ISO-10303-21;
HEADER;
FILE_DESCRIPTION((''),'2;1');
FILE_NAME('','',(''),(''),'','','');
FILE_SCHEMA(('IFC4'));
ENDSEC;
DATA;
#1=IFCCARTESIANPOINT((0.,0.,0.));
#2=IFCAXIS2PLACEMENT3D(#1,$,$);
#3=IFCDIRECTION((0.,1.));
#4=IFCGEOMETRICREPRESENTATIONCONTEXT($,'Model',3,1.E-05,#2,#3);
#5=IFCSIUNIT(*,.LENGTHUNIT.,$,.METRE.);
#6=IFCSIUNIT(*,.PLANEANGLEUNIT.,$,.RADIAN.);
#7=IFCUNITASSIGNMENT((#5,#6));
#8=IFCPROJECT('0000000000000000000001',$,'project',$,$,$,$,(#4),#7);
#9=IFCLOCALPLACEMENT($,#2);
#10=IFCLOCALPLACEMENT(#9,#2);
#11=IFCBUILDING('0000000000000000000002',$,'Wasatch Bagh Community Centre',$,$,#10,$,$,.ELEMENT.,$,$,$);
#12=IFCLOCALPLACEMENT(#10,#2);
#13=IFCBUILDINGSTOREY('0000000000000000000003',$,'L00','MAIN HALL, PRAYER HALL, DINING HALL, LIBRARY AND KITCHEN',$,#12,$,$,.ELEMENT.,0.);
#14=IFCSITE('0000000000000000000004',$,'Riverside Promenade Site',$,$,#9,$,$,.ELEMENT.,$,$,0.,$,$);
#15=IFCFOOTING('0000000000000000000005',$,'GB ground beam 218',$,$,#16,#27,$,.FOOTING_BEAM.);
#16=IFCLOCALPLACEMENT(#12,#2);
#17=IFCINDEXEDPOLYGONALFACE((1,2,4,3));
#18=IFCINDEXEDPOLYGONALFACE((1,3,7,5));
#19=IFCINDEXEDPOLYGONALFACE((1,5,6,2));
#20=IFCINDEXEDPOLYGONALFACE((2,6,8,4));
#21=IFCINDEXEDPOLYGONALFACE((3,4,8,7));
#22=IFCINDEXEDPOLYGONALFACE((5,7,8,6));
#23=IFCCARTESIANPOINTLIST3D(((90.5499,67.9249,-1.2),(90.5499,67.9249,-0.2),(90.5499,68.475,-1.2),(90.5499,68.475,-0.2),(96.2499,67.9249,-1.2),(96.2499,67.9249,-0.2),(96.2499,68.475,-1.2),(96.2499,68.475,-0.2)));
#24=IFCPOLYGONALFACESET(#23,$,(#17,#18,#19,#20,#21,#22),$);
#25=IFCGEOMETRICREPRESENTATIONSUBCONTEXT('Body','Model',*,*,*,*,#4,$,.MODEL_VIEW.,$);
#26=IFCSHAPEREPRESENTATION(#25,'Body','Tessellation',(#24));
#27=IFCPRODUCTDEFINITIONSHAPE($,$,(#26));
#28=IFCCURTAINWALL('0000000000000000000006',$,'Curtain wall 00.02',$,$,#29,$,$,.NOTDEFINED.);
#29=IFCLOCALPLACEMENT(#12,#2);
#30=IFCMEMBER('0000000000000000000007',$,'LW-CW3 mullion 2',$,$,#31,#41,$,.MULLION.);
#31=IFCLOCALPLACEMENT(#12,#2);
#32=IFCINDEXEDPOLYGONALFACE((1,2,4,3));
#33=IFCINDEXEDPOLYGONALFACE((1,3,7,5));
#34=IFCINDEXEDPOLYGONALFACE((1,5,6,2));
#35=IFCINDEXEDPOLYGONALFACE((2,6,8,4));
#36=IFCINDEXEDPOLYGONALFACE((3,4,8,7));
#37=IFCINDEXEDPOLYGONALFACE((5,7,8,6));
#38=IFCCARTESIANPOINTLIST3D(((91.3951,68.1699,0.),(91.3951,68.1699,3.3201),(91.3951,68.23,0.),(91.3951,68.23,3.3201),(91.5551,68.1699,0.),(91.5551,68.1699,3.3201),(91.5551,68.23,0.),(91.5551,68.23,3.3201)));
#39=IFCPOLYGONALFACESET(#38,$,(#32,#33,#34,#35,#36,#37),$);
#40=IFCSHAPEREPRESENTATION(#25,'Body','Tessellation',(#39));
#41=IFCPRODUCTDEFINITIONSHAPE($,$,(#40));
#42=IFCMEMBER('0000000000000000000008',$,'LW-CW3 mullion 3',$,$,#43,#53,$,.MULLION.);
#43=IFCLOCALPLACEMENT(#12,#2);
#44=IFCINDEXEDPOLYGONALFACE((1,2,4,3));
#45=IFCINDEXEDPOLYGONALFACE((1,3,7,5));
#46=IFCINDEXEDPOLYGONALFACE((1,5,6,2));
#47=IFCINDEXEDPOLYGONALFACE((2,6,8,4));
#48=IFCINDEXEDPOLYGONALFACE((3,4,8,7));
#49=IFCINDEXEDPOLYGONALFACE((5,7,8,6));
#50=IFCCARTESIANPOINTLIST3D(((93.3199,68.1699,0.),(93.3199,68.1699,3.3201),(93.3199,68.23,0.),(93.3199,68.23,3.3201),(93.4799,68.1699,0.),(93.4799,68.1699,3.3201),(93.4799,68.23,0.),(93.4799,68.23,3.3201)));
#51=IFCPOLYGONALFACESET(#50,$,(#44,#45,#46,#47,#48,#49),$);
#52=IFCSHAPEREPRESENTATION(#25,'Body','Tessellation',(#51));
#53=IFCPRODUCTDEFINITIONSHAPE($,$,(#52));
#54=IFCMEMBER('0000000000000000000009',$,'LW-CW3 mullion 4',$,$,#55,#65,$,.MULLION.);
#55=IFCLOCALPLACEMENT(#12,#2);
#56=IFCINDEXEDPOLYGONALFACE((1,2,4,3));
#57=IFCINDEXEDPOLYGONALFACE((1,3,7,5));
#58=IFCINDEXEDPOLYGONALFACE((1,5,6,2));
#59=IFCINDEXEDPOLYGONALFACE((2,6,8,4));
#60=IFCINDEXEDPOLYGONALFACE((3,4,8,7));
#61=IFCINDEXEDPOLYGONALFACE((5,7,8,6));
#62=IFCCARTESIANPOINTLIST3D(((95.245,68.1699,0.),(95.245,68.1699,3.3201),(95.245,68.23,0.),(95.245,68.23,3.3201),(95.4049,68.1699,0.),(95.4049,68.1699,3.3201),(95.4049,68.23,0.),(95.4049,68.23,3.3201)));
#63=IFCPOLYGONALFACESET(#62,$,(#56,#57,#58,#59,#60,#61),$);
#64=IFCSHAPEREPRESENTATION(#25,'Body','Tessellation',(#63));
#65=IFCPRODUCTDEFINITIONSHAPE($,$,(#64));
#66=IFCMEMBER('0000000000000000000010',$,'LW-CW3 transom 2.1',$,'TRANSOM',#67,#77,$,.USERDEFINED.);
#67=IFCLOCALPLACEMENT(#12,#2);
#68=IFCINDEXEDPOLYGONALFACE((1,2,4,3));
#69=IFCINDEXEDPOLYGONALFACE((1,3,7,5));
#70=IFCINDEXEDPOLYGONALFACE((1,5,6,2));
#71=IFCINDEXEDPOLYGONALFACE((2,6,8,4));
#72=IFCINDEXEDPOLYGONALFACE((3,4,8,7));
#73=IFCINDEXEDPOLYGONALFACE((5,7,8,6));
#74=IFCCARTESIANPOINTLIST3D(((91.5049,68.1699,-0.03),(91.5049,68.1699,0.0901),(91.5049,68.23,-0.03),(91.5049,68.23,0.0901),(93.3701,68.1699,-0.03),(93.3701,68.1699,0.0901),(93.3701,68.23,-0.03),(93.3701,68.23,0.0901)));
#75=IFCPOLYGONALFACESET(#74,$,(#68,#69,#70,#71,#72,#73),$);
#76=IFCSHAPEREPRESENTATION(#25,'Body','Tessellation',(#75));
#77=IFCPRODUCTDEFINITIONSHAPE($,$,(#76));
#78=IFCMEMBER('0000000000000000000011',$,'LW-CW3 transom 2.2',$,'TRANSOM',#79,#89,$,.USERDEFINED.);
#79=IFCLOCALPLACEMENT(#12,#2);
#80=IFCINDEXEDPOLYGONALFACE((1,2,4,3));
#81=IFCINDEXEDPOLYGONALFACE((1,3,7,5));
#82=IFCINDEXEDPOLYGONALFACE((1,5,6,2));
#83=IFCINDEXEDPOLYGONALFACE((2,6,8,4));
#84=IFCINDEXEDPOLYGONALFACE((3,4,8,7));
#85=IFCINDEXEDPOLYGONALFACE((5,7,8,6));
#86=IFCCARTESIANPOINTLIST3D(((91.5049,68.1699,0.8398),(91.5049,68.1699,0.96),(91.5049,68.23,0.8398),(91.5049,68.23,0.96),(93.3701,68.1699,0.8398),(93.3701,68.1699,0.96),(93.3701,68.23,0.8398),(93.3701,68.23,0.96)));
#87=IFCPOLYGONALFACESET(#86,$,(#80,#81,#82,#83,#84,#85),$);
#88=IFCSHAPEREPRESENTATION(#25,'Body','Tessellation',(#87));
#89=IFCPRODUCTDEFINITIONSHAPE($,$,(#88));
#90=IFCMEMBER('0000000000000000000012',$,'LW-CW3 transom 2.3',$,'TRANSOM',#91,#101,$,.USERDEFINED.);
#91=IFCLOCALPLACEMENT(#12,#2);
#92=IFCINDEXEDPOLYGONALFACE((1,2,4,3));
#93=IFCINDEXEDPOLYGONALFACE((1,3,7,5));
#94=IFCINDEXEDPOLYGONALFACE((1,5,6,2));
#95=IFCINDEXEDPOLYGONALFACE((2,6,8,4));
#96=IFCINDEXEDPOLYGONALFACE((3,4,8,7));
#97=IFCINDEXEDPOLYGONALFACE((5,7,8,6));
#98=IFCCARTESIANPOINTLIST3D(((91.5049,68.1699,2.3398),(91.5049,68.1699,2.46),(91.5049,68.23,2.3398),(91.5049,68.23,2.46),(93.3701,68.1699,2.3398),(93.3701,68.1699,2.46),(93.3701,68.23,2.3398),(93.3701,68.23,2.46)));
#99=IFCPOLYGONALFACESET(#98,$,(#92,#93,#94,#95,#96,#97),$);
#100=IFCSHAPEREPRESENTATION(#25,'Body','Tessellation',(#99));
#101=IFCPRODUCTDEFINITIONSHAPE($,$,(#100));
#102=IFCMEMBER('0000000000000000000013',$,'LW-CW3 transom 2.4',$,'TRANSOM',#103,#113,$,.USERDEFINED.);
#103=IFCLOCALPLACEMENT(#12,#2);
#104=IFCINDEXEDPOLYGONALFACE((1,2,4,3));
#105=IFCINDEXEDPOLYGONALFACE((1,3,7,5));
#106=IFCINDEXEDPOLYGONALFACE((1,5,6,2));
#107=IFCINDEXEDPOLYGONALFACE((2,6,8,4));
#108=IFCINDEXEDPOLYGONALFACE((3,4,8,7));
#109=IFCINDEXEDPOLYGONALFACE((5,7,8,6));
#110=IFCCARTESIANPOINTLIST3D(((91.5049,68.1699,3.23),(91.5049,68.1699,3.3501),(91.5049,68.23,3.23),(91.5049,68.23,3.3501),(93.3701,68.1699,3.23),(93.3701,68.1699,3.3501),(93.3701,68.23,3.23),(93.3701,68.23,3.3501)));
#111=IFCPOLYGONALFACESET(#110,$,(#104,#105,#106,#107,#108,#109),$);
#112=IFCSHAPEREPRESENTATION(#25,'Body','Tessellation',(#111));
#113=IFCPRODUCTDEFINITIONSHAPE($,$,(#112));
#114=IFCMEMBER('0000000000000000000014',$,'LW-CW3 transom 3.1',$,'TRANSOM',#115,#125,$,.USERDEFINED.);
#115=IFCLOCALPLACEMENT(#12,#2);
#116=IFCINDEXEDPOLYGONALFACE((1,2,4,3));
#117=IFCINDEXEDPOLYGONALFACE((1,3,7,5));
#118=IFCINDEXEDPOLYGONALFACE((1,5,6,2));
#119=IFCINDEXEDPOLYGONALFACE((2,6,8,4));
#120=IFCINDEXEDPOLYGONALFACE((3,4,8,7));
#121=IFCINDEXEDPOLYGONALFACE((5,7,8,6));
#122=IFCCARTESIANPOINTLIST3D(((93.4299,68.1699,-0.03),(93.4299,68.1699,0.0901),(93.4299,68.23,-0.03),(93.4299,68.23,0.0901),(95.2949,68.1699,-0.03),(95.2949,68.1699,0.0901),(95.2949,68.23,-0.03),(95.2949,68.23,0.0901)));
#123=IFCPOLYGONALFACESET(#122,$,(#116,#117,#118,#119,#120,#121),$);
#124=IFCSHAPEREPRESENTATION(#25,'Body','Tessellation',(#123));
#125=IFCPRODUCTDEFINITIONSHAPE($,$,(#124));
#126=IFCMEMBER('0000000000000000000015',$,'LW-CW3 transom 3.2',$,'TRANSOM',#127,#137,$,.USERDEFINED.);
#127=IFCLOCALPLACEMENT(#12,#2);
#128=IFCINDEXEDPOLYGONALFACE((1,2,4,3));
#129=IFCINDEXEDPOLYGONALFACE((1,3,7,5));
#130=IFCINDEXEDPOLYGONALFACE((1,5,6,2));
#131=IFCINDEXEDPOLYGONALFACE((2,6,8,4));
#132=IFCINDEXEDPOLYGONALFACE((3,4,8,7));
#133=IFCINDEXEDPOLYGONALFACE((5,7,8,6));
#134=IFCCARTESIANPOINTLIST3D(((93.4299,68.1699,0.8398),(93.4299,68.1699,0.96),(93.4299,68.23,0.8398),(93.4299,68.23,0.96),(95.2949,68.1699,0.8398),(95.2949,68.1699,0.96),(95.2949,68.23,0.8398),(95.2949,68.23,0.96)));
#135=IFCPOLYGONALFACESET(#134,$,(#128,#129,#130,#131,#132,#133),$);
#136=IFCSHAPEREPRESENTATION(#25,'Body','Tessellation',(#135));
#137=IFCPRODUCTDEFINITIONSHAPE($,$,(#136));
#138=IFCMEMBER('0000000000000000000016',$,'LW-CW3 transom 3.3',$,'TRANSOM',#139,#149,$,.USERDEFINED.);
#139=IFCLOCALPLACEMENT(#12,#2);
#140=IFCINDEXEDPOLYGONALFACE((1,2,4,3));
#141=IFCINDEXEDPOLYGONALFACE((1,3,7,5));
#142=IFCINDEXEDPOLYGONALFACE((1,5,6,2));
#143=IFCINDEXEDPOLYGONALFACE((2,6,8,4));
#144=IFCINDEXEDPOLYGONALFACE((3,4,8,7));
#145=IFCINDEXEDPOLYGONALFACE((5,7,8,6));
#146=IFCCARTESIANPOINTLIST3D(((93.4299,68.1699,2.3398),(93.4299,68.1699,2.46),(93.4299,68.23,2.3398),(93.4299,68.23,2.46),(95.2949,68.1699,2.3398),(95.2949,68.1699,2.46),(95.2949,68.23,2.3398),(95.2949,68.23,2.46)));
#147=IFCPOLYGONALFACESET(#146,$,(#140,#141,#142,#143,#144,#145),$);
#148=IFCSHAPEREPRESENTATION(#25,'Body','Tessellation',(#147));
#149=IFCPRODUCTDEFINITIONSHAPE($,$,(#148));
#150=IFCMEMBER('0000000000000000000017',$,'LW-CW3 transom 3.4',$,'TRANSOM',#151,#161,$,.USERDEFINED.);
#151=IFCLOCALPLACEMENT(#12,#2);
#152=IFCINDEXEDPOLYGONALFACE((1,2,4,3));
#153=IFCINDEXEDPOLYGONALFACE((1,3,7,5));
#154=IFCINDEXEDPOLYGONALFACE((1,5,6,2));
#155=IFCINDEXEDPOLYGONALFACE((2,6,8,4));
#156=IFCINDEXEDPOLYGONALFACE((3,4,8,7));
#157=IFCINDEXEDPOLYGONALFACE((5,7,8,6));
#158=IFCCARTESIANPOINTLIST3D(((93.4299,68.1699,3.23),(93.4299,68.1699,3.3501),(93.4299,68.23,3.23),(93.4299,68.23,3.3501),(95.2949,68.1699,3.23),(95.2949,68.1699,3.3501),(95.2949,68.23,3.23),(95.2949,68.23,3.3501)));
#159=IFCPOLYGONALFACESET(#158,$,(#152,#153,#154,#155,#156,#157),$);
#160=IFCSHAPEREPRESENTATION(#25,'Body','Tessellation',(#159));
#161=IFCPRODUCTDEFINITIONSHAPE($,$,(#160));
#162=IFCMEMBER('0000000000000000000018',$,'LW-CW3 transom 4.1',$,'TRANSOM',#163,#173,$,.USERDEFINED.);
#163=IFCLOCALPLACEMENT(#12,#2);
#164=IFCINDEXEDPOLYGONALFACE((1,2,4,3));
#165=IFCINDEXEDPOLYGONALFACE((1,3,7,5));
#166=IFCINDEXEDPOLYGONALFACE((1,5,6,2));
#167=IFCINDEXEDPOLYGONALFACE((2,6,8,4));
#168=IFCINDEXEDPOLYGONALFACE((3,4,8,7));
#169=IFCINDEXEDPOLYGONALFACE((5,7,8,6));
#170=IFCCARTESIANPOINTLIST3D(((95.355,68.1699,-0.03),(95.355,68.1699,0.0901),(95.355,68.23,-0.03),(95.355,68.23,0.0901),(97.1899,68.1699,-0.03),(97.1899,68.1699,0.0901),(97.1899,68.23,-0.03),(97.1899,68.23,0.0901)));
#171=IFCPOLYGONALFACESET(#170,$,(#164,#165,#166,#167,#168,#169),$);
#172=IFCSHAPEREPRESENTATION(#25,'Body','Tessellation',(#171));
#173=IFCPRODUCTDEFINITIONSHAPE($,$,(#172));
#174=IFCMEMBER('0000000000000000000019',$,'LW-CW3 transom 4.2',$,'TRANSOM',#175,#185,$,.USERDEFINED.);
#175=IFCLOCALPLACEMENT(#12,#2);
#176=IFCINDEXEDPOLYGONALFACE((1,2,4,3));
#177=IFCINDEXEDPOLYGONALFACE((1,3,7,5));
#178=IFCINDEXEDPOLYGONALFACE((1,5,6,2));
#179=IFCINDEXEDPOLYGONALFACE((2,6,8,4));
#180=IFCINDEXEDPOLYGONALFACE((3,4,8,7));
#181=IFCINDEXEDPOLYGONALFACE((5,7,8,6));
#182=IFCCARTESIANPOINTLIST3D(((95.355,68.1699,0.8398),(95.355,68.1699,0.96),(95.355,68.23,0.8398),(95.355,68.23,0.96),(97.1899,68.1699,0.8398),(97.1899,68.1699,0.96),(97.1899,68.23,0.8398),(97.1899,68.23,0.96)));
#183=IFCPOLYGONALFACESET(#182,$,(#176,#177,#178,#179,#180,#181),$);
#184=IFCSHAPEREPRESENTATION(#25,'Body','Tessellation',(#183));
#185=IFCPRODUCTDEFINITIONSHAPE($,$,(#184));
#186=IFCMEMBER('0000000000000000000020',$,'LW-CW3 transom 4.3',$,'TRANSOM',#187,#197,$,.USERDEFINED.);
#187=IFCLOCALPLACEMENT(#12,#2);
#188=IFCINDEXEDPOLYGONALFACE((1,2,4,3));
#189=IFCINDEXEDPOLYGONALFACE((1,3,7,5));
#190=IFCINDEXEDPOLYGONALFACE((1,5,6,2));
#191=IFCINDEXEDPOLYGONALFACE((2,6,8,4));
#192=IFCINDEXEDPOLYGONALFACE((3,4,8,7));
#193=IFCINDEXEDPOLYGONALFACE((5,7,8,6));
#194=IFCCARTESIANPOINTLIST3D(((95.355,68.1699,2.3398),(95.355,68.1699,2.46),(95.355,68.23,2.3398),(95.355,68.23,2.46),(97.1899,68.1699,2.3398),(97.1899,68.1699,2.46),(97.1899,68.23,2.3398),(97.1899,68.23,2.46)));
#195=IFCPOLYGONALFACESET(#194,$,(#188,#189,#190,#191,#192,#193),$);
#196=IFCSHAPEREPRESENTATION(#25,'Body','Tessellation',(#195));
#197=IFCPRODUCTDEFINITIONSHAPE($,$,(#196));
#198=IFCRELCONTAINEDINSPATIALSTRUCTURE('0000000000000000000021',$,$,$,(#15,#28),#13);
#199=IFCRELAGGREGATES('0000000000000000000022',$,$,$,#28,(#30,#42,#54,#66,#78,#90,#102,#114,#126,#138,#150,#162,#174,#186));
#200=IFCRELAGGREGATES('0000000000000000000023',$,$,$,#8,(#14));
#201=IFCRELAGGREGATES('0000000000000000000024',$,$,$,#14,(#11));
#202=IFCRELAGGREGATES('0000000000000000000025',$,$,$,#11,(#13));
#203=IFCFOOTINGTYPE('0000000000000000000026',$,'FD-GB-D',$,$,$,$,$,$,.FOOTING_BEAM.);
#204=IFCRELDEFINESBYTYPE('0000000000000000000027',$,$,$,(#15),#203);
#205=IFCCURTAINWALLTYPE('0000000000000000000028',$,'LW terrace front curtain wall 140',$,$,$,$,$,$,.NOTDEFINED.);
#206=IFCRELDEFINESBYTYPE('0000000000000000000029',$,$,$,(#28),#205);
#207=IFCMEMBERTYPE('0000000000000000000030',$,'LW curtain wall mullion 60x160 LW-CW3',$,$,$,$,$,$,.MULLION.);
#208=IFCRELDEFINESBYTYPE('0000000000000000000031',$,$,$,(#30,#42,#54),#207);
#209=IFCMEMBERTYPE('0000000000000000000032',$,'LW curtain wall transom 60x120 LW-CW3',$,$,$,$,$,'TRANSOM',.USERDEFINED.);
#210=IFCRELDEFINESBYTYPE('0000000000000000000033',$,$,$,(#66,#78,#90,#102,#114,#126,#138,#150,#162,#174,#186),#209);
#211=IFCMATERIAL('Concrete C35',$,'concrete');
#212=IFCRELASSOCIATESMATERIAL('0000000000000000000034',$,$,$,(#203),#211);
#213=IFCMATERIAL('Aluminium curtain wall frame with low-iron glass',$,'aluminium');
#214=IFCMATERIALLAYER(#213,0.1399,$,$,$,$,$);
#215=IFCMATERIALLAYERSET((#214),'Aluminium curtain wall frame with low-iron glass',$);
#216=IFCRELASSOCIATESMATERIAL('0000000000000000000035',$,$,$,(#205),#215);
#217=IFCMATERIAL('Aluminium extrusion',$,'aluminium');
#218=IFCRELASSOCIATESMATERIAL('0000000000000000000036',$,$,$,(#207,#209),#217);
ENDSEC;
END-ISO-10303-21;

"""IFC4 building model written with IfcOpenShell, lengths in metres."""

from ifc_helpers import new_model, si_unit, direction, frame, origin, origin_2d, place, context, subcontext, project, spatial, rectangle, extrude, material, layer, layer_set, material_profile, profile_set, type_object, element, aggregate, save


model = new_model("IFC4")

# Units and contexts
model_context = context("Model", 3, precision=1e-05, world=origin(), true_north=direction((0.0, 1.0)))
body_context = subcontext(model_context, "Body", "Model", "MODEL_VIEW")
ifc_project = project(units=[si_unit("LENGTHUNIT", "METRE"), si_unit("PLANEANGLEUNIT", "RADIAN")], contexts=[model_context])

# Site, building, storey
site_placement = place(None, origin())
site = spatial("IfcSite", under=ifc_project, at=site_placement, Name="Riverside Promenade Site", CompositionType="ELEMENT", RefElevation=0.0)
building_placement = place(site_placement, origin())
building = spatial("IfcBuilding", under=site, at=building_placement, Name="Wasatch Bagh Community Centre", CompositionType="ELEMENT")
storey_placement = place(building_placement, origin())
storey = spatial("IfcBuildingStorey", under=building, at=storey_placement, Name="L00", Description="MAIN HALL, PRAYER HALL, DINING HALL, LIBRARY AND KITCHEN", CompositionType="ELEMENT", Elevation=0.0)

# Footing
ifc_material_1 = material(Name="Concrete C35", Category="concrete")
footing_type = type_object("IfcFootingType", Name="FD-GB-D", PredefinedType="FOOTING_BEAM", material=ifc_material_1)
footing_placement = place(storey_placement, frame((93.3999, 68.2, -1.2), z_axis=(0.0, 0.0, 1.0), x_axis=(1.0, 0.0, 0.0)))
element("IfcFooting", 1, at=footing_placement, inside=storey, type_object=footing_type, Name="GB ground beam 218", PredefinedType="FOOTING_BEAM", context=body_context, shape_type="SweptSolid", body=[
    extrude(rectangle(XDim=5.7, YDim=0.55, at=origin_2d()), origin(), (0.0, 0.0, 1.0), 1.0),
])

# Curtain wall, members
ifc_material_2 = material(Name="Aluminium curtain wall frame with low-iron glass", Category="aluminium")
ifc_layer_1 = layer(ifc_material_2, 0.1399)
ifc_layer_set_1 = layer_set([ifc_layer_1], Name="Aluminium curtain wall frame with low-iron glass")
curtain_wall_type = type_object("IfcCurtainWallType", Name="LW terrace front curtain wall 140", PredefinedType="NOTDEFINED", material=ifc_layer_set_1)
curtain_wall_placement = place(storey_placement, origin())
curtain_wall = element("IfcCurtainWall", 2, at=curtain_wall_placement, inside=storey, type_object=curtain_wall_type, Name="Curtain wall 00.02", PredefinedType="NOTDEFINED")
ifc_material_3 = material(Name="Aluminium extrusion", Category="aluminium")
ifc_material_profile_1 = material_profile(ifc_material_3, rectangle(XDim=0.0601, YDim=0.1599, at=origin_2d()), Name="AL 60x160")
ifc_profile_set_1 = profile_set([ifc_material_profile_1], Name="Aluminium extrusion")
member_type_1 = type_object("IfcMemberType", Name="LW curtain wall mullion 60x160 LW-CW3", PredefinedType="MULLION", material=ifc_profile_set_1)
member_1_placement = place(storey_placement, frame((91.4751, 68.2, 0.0), z_axis=(0.0, 0.0, 1.0), x_axis=(0.0, 1.0, 0.0)))
member_1 = element("IfcMember", 3, at=member_1_placement, type_object=member_type_1, Name="LW-CW3 mullion 2", PredefinedType="MULLION", context=body_context, shape_type="SweptSolid", body=[
    extrude(rectangle(XDim=0.0601, YDim=0.1599, at=origin_2d()), origin(), (0.0, 0.0, 1.0), 3.3201),
])
member_2_placement = place(storey_placement, frame((93.3999, 68.2, 0.0), z_axis=(0.0, 0.0, 1.0), x_axis=(0.0, 1.0, 0.0)))
member_2 = element("IfcMember", 4, at=member_2_placement, type_object=member_type_1, Name="LW-CW3 mullion 3", PredefinedType="MULLION", context=body_context, shape_type="SweptSolid", body=[
    extrude(rectangle(XDim=0.0601, YDim=0.1599, at=origin_2d()), origin(), (0.0, 0.0, 1.0), 3.3201),
])
member_3_placement = place(storey_placement, frame((95.325, 68.2, 0.0), z_axis=(0.0, 0.0, 1.0), x_axis=(0.0, 1.0, 0.0)))
member_3 = element("IfcMember", 5, at=member_3_placement, type_object=member_type_1, Name="LW-CW3 mullion 4", PredefinedType="MULLION", context=body_context, shape_type="SweptSolid", body=[
    extrude(rectangle(XDim=0.0601, YDim=0.1599, at=origin_2d()), origin(), (0.0, 0.0, 1.0), 3.3201),
])
ifc_material_profile_2 = material_profile(ifc_material_3, rectangle(XDim=0.0601, YDim=0.1201, at=origin_2d()), Name="AL 60x120")
ifc_profile_set_2 = profile_set([ifc_material_profile_2], Name="Aluminium extrusion")
member_type_2 = type_object("IfcMemberType", Name="LW curtain wall transom 60x120 LW-CW3", ElementType="TRANSOM", PredefinedType="USERDEFINED", material=ifc_profile_set_2)
member_4_placement = place(storey_placement, frame((91.5049, 68.2, 0.03), z_axis=(1.0, 0.0, 0.0), x_axis=(0.0, 1.0, 0.0)))
member_4 = element("IfcMember", 6, at=member_4_placement, type_object=member_type_2, Name="LW-CW3 transom 2.1", ObjectType="TRANSOM", PredefinedType="USERDEFINED", context=body_context, shape_type="SweptSolid", body=[
    extrude(rectangle(XDim=0.0601, YDim=0.1201, at=origin_2d()), origin(), (0.0, 0.0, 1.0), 1.8652),
])
member_5_placement = place(storey_placement, frame((91.5049, 68.2, 0.8999), z_axis=(1.0, 0.0, 0.0), x_axis=(0.0, 1.0, 0.0)))
member_5 = element("IfcMember", 7, at=member_5_placement, type_object=member_type_2, Name="LW-CW3 transom 2.2", ObjectType="TRANSOM", PredefinedType="USERDEFINED", context=body_context, shape_type="SweptSolid", body=[
    extrude(rectangle(XDim=0.0601, YDim=0.1201, at=origin_2d()), origin(), (0.0, 0.0, 1.0), 1.8652),
])
member_6_placement = place(storey_placement, frame((91.5049, 68.2, 2.3999), z_axis=(1.0, 0.0, 0.0), x_axis=(0.0, 1.0, 0.0)))
member_6 = element("IfcMember", 8, at=member_6_placement, type_object=member_type_2, Name="LW-CW3 transom 2.3", ObjectType="TRANSOM", PredefinedType="USERDEFINED", context=body_context, shape_type="SweptSolid", body=[
    extrude(rectangle(XDim=0.0601, YDim=0.1201, at=origin_2d()), origin(), (0.0, 0.0, 1.0), 1.8652),
])
member_7_placement = place(storey_placement, frame((91.5049, 68.2, 3.29), z_axis=(1.0, 0.0, 0.0), x_axis=(0.0, 1.0, 0.0)))
member_7 = element("IfcMember", 9, at=member_7_placement, type_object=member_type_2, Name="LW-CW3 transom 2.4", ObjectType="TRANSOM", PredefinedType="USERDEFINED", context=body_context, shape_type="SweptSolid", body=[
    extrude(rectangle(XDim=0.0601, YDim=0.1201, at=origin_2d()), origin(), (0.0, 0.0, 1.0), 1.8652),
])
member_8_placement = place(storey_placement, frame((93.4299, 68.2, 0.03), z_axis=(1.0, 0.0, 0.0), x_axis=(0.0, 1.0, 0.0)))
member_8 = element("IfcMember", 10, at=member_8_placement, type_object=member_type_2, Name="LW-CW3 transom 3.1", ObjectType="TRANSOM", PredefinedType="USERDEFINED", context=body_context, shape_type="SweptSolid", body=[
    extrude(rectangle(XDim=0.0601, YDim=0.1201, at=origin_2d()), origin(), (0.0, 0.0, 1.0), 1.865),
])
member_9_placement = place(storey_placement, frame((93.4299, 68.2, 0.8999), z_axis=(1.0, 0.0, 0.0), x_axis=(0.0, 1.0, 0.0)))
member_9 = element("IfcMember", 11, at=member_9_placement, type_object=member_type_2, Name="LW-CW3 transom 3.2", ObjectType="TRANSOM", PredefinedType="USERDEFINED", context=body_context, shape_type="SweptSolid", body=[
    extrude(rectangle(XDim=0.0601, YDim=0.1201, at=origin_2d()), origin(), (0.0, 0.0, 1.0), 1.865),
])
member_10_placement = place(storey_placement, frame((93.4299, 68.2, 2.3999), z_axis=(1.0, 0.0, 0.0), x_axis=(0.0, 1.0, 0.0)))
member_10 = element("IfcMember", 12, at=member_10_placement, type_object=member_type_2, Name="LW-CW3 transom 3.3", ObjectType="TRANSOM", PredefinedType="USERDEFINED", context=body_context, shape_type="SweptSolid", body=[
    extrude(rectangle(XDim=0.0601, YDim=0.1201, at=origin_2d()), origin(), (0.0, 0.0, 1.0), 1.865),
])
member_11_placement = place(storey_placement, frame((93.4299, 68.2, 3.29), z_axis=(1.0, 0.0, 0.0), x_axis=(0.0, 1.0, 0.0)))
member_11 = element("IfcMember", 13, at=member_11_placement, type_object=member_type_2, Name="LW-CW3 transom 3.4", ObjectType="TRANSOM", PredefinedType="USERDEFINED", context=body_context, shape_type="SweptSolid", body=[
    extrude(rectangle(XDim=0.0601, YDim=0.1201, at=origin_2d()), origin(), (0.0, 0.0, 1.0), 1.865),
])
member_12_placement = place(storey_placement, frame((95.355, 68.2, 0.03), z_axis=(1.0, 0.0, 0.0), x_axis=(0.0, 1.0, 0.0)))
member_12 = element("IfcMember", 14, at=member_12_placement, type_object=member_type_2, Name="LW-CW3 transom 4.1", ObjectType="TRANSOM", PredefinedType="USERDEFINED", context=body_context, shape_type="SweptSolid", body=[
    extrude(rectangle(XDim=0.0601, YDim=0.1201, at=origin_2d()), origin(), (0.0, 0.0, 1.0), 1.835),
])
member_13_placement = place(storey_placement, frame((95.355, 68.2, 0.8999), z_axis=(1.0, 0.0, 0.0), x_axis=(0.0, 1.0, 0.0)))
member_13 = element("IfcMember", 15, at=member_13_placement, type_object=member_type_2, Name="LW-CW3 transom 4.2", ObjectType="TRANSOM", PredefinedType="USERDEFINED", context=body_context, shape_type="SweptSolid", body=[
    extrude(rectangle(XDim=0.0601, YDim=0.1201, at=origin_2d()), origin(), (0.0, 0.0, 1.0), 1.835),
])
member_14_placement = place(storey_placement, frame((95.355, 68.2, 2.3999), z_axis=(1.0, 0.0, 0.0), x_axis=(0.0, 1.0, 0.0)))
member_14 = element("IfcMember", 16, at=member_14_placement, type_object=member_type_2, Name="LW-CW3 transom 4.3", ObjectType="TRANSOM", PredefinedType="USERDEFINED", context=body_context, shape_type="SweptSolid", body=[
    extrude(rectangle(XDim=0.0601, YDim=0.1201, at=origin_2d()), origin(), (0.0, 0.0, 1.0), 1.835),
])
aggregate(curtain_wall, [member_1, member_2, member_3, member_4, member_5, member_6, member_7, member_8, member_9, member_10, member_11, member_12, member_13, member_14])

save(model, "model.ifc")
